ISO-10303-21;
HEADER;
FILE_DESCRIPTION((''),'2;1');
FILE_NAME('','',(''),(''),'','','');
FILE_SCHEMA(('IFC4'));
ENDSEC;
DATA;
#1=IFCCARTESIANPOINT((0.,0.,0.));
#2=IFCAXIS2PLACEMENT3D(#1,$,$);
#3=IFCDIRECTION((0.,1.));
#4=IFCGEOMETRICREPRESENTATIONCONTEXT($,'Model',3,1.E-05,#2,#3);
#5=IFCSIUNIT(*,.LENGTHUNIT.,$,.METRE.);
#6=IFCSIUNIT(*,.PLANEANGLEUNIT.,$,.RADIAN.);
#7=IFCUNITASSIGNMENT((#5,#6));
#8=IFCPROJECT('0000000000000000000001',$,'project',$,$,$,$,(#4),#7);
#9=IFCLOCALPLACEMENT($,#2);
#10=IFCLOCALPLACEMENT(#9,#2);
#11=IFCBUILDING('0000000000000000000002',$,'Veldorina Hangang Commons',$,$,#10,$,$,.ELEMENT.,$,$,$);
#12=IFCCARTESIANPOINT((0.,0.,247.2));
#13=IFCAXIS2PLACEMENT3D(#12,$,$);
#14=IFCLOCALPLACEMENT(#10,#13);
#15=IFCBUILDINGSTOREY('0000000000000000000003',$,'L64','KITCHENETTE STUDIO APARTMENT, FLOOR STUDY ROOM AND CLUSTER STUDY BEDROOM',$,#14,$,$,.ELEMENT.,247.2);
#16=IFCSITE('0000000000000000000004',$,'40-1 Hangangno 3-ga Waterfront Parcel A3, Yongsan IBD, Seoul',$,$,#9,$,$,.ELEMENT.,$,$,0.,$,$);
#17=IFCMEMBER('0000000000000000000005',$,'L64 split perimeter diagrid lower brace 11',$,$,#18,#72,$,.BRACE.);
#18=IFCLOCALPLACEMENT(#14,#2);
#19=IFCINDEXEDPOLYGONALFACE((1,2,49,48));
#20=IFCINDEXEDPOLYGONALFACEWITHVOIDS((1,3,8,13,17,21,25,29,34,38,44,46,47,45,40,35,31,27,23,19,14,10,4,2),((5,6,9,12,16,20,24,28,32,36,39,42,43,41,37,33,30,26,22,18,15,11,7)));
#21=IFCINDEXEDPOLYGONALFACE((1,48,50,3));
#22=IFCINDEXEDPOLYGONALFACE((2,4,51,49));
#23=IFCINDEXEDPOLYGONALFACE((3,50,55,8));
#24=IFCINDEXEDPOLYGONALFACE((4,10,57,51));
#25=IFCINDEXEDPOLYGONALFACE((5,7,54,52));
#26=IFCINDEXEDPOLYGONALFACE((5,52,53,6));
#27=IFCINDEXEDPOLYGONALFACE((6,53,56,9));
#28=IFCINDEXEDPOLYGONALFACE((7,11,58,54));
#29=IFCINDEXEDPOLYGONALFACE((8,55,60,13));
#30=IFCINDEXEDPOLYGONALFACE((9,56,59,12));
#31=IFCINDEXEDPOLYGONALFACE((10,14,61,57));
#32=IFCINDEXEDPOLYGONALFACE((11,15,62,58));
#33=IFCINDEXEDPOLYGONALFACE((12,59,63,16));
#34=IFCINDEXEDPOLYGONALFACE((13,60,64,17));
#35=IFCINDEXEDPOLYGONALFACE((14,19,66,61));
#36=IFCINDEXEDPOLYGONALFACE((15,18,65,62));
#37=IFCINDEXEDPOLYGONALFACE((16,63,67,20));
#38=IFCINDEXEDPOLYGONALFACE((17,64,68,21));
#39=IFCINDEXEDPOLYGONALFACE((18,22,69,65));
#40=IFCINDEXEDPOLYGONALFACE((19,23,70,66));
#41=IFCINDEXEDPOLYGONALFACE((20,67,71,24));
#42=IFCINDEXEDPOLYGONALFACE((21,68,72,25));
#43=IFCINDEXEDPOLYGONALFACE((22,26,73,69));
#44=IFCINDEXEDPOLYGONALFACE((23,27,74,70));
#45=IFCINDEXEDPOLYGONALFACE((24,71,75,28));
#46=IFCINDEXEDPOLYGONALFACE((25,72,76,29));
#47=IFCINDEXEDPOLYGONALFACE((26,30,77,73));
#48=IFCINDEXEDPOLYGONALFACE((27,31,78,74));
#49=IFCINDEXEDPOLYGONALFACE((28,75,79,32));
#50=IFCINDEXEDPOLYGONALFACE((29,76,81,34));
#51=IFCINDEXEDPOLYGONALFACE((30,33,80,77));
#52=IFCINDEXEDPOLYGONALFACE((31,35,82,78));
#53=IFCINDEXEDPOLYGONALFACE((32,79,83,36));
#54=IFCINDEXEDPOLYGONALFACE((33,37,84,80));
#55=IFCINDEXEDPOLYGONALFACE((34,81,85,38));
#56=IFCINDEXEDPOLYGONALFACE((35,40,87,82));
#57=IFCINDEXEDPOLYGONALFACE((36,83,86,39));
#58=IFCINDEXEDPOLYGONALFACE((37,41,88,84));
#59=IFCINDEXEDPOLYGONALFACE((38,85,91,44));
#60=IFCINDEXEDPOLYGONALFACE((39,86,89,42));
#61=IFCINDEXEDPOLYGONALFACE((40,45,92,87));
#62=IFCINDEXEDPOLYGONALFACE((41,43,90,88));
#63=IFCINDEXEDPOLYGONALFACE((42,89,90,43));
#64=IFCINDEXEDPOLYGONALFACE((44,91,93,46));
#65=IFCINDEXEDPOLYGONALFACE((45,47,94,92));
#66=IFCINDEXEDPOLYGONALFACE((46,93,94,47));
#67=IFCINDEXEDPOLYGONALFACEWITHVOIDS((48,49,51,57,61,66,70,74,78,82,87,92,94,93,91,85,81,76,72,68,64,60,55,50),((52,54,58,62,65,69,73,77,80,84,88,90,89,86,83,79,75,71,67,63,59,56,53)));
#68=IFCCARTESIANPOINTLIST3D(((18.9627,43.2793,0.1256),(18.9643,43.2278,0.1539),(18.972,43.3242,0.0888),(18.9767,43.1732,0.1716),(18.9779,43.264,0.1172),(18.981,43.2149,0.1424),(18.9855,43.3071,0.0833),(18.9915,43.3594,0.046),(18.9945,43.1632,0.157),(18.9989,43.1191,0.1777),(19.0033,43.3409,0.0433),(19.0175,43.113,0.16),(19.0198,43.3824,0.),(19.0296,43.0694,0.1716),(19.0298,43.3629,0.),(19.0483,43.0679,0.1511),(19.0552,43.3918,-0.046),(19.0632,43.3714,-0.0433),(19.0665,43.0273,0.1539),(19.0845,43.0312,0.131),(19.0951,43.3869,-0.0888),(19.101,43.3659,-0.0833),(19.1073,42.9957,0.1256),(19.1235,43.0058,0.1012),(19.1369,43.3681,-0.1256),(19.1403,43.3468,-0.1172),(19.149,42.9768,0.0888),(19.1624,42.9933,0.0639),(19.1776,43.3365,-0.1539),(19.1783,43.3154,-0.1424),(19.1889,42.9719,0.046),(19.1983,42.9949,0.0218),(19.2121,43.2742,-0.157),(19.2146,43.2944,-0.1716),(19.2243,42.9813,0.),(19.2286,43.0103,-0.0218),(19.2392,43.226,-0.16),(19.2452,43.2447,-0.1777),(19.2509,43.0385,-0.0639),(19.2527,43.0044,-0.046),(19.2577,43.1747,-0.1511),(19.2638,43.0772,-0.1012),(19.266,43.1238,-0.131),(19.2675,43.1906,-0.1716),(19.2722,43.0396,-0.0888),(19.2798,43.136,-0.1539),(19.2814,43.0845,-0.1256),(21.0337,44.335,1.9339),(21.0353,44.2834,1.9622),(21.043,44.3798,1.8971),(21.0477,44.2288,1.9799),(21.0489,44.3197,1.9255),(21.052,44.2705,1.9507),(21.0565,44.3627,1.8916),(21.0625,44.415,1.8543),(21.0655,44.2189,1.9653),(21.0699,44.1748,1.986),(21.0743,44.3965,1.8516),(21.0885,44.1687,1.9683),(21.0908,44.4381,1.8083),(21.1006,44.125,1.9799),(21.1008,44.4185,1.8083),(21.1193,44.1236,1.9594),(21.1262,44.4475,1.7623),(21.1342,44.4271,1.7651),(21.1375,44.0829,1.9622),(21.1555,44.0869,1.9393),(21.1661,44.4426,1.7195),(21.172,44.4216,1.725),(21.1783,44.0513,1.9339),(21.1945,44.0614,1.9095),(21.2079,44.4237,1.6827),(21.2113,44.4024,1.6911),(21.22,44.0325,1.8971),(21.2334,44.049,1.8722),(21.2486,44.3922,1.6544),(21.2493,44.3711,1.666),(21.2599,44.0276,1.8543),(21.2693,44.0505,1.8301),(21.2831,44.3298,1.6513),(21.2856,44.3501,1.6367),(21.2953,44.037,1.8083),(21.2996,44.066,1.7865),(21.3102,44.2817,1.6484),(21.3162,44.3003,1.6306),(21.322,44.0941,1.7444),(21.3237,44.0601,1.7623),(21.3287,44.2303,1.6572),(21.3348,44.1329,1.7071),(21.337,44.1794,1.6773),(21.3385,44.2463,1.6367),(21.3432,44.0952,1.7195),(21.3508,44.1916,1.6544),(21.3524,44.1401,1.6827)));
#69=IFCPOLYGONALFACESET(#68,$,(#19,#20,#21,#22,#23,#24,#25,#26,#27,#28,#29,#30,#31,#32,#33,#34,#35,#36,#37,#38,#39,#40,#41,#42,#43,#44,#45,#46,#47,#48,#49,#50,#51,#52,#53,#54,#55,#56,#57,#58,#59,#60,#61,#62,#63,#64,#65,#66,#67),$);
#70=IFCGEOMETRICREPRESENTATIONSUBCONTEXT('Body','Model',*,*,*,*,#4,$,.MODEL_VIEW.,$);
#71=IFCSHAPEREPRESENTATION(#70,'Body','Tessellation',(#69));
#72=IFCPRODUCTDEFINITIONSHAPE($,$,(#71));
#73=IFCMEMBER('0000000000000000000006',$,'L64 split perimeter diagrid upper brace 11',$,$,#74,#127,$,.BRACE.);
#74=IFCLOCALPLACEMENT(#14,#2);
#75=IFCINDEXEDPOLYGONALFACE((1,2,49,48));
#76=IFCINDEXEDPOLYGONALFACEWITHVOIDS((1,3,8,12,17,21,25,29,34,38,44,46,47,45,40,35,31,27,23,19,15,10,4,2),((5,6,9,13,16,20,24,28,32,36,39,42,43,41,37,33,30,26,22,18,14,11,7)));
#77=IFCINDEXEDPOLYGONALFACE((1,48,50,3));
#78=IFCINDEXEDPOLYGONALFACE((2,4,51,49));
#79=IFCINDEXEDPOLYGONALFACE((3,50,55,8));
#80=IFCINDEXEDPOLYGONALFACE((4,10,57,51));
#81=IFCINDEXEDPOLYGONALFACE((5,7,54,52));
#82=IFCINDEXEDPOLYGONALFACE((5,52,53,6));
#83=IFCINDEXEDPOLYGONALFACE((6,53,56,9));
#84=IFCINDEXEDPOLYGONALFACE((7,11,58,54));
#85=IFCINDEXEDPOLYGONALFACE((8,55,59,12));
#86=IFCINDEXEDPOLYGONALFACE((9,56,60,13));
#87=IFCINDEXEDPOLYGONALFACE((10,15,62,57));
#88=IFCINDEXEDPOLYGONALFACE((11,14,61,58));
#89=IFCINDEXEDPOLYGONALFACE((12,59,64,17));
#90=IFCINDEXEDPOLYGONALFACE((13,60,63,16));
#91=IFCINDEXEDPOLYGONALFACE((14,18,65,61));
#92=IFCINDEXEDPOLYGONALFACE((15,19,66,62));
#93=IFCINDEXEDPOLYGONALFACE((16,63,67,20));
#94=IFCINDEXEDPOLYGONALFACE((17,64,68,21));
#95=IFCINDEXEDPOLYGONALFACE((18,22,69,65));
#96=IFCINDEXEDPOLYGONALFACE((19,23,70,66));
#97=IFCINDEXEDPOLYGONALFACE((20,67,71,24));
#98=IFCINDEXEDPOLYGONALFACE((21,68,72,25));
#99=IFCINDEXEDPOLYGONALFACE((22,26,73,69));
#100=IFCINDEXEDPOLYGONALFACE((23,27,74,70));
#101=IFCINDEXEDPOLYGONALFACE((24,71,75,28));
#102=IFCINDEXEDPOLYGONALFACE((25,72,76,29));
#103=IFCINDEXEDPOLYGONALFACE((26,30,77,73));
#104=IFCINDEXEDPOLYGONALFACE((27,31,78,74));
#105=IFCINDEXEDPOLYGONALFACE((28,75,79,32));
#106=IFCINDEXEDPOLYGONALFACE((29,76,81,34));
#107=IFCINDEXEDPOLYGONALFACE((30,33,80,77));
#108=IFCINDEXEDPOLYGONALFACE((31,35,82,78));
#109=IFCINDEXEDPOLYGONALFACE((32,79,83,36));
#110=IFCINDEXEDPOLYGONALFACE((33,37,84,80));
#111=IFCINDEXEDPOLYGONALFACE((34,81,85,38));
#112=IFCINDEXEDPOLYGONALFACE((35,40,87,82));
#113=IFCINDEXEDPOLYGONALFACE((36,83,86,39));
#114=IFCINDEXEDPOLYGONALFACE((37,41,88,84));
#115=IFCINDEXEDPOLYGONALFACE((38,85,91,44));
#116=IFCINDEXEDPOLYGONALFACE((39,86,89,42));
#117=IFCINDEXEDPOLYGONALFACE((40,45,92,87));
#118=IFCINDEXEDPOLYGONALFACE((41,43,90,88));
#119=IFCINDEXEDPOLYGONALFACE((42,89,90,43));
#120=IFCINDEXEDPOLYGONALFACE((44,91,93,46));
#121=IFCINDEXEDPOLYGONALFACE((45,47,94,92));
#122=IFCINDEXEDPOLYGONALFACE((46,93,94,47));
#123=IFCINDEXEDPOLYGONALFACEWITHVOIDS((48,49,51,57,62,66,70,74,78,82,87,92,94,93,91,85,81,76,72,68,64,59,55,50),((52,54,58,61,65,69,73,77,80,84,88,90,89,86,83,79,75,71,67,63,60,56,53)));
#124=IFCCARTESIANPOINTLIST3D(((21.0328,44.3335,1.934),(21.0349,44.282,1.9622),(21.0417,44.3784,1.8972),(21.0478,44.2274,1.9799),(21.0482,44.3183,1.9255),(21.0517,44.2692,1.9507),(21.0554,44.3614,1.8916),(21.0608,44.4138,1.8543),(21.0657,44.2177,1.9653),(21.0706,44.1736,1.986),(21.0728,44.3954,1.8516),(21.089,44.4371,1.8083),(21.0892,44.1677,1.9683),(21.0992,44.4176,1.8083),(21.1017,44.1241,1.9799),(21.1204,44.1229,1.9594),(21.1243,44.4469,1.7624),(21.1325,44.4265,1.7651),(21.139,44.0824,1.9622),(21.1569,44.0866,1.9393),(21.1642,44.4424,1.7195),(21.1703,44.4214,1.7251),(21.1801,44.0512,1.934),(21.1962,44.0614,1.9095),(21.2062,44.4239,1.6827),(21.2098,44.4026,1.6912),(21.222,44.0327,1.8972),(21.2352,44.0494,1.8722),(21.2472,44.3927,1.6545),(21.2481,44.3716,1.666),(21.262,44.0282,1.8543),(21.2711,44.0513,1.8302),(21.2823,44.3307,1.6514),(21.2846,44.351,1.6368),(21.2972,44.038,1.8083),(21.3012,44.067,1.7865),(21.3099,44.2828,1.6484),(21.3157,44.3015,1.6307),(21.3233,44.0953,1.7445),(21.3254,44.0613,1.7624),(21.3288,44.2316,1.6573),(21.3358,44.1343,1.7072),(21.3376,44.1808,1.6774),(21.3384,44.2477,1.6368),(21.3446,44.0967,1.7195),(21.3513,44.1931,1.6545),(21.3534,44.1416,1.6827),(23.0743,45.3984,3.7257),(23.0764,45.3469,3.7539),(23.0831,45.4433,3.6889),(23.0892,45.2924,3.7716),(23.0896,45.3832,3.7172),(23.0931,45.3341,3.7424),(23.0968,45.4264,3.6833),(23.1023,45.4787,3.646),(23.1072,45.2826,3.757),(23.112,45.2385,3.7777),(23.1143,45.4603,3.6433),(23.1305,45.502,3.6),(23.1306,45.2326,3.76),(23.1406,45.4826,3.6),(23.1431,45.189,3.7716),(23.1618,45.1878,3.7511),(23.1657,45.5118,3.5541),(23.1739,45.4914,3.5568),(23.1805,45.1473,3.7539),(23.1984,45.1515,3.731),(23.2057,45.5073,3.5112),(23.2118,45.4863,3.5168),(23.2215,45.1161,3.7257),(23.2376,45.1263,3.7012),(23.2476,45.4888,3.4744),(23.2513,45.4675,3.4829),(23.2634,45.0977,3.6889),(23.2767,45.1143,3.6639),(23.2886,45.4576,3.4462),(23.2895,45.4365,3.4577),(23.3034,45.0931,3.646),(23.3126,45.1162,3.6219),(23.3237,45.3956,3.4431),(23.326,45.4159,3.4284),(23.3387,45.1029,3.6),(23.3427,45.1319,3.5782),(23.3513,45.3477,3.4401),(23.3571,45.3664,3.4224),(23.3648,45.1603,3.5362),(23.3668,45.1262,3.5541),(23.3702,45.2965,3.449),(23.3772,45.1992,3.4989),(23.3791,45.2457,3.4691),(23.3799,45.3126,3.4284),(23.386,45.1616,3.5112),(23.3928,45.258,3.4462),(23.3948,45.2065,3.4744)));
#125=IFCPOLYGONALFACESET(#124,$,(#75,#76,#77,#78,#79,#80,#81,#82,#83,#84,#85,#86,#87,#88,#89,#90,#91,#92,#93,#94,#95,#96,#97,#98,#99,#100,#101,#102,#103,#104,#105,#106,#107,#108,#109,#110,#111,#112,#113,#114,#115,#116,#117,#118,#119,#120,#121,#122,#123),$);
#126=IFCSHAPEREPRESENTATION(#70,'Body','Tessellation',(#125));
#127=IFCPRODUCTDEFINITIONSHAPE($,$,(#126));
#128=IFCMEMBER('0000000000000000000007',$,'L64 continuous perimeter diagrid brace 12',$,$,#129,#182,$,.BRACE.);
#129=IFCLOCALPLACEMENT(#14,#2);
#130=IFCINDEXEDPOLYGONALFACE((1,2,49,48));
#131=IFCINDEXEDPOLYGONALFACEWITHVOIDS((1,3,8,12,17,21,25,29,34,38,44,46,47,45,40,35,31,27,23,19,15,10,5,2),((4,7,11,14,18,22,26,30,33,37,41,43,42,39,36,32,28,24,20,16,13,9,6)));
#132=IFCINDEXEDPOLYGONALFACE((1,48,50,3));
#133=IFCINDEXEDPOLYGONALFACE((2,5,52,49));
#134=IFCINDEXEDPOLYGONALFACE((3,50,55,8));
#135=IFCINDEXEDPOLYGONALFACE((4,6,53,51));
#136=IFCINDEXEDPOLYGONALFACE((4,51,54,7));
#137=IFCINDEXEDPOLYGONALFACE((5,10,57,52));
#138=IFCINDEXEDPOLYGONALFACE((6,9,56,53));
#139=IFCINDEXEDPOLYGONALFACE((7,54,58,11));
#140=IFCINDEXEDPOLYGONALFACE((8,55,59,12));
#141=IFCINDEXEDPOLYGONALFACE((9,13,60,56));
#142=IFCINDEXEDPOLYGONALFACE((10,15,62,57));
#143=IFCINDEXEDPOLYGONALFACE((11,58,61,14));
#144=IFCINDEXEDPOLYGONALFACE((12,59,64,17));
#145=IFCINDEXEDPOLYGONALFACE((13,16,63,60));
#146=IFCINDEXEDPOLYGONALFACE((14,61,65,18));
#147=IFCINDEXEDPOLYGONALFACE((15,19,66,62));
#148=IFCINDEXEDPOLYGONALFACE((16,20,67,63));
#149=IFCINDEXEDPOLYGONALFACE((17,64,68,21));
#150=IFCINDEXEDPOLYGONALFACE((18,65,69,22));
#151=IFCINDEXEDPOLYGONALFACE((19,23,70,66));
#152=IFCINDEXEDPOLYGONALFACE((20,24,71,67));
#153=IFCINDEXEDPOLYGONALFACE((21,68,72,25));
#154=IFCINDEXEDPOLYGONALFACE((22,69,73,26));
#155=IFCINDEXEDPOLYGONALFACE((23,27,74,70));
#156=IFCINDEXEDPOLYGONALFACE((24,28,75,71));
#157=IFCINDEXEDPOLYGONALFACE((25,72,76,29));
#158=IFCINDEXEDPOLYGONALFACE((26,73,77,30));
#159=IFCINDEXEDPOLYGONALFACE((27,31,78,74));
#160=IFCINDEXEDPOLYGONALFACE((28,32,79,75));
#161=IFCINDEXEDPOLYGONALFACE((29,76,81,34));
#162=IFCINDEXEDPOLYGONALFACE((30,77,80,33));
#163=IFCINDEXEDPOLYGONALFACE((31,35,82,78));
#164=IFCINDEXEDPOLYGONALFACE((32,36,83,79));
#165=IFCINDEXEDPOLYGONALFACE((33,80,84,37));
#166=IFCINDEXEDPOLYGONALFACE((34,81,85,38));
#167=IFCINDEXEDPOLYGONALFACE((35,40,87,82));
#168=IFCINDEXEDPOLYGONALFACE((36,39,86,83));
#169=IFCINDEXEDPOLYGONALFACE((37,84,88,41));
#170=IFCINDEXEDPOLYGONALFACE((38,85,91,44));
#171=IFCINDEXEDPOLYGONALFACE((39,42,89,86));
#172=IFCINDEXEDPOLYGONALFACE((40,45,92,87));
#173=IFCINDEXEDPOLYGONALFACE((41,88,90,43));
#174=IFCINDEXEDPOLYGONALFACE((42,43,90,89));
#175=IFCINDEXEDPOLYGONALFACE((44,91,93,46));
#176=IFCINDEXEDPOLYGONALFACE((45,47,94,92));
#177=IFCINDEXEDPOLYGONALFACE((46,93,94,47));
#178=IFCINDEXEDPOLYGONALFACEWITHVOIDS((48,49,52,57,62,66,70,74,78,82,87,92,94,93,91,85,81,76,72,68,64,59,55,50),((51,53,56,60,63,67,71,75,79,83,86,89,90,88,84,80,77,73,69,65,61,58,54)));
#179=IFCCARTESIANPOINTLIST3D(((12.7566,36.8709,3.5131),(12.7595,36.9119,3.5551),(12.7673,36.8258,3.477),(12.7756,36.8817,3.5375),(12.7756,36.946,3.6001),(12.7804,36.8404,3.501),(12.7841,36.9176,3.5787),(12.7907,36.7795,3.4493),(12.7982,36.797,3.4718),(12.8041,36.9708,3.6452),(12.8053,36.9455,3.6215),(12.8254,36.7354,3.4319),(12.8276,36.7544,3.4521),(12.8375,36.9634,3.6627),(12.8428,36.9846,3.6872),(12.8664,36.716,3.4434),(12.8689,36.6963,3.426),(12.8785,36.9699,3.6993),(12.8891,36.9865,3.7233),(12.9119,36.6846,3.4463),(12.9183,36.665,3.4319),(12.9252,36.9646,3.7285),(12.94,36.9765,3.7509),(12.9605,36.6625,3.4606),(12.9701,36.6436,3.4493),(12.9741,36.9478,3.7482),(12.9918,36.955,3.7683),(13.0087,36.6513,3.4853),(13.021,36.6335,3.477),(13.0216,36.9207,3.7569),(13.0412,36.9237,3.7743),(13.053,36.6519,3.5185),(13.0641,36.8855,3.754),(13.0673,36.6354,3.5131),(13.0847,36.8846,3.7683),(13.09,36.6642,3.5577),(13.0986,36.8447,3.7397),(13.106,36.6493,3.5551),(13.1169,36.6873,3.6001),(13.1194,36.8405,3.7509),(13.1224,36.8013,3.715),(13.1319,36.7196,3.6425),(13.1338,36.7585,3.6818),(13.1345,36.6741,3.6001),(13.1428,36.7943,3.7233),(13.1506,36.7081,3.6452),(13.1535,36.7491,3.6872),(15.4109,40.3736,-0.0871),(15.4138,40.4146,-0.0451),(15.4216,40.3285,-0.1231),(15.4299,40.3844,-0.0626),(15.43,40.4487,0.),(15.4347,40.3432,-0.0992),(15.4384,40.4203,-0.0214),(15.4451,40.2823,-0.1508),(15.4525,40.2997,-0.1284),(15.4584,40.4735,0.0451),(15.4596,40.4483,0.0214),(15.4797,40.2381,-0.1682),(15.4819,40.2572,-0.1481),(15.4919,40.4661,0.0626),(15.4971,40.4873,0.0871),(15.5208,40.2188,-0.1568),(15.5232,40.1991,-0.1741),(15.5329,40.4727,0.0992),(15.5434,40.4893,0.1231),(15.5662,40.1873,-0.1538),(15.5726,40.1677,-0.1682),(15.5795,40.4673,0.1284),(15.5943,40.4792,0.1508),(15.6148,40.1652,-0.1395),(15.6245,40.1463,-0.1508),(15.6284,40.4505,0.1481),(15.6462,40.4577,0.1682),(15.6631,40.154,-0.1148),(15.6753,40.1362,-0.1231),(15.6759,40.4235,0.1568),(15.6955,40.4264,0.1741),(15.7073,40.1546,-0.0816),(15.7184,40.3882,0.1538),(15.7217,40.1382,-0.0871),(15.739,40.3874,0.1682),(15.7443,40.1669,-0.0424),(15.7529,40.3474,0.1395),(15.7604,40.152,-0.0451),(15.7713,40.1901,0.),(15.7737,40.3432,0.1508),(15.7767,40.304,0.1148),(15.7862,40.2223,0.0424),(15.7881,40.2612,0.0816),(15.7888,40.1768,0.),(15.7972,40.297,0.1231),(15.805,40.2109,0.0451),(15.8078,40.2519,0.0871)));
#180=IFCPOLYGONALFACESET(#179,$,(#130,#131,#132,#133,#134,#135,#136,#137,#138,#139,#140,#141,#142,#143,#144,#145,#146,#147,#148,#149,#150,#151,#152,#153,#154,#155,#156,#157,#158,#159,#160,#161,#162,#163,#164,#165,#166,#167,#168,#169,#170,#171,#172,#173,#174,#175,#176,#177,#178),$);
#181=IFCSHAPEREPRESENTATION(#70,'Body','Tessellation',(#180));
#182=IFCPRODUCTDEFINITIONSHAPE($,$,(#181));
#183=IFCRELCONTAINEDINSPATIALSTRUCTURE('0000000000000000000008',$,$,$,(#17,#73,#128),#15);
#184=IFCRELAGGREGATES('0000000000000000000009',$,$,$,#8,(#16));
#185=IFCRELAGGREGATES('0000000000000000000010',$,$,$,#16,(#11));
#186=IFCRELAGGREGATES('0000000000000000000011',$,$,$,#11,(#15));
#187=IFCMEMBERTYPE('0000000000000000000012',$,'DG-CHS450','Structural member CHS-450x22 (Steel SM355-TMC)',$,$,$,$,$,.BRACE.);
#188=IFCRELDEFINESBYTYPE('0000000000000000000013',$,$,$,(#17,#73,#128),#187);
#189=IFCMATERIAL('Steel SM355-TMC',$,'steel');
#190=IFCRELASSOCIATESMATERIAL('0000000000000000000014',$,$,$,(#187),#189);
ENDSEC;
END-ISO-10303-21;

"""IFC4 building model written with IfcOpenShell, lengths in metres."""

from ifc_helpers import new_model, si_unit, direction, frame, origin, origin_2d, place, context, subcontext, project, spatial, hollow_circle, extrude, material, material_profile, profile_set, type_object, element, save


model = new_model("IFC4")

# Units and contexts
model_context = context("Model", 3, precision=1e-05, world=origin(), true_north=direction((0.0, 1.0)))
body_context = subcontext(model_context, "Body", "Model", "MODEL_VIEW")
ifc_project = project(units=[si_unit("LENGTHUNIT", "METRE"), si_unit("PLANEANGLEUNIT", "RADIAN")], contexts=[model_context])

# Site, building, storey
site_placement = place(None, origin())
site = spatial("IfcSite", under=ifc_project, at=site_placement, Name="40-1 Hangangno 3-ga Waterfront Parcel A3, Yongsan IBD, Seoul", CompositionType="ELEMENT", RefElevation=0.0)
building_placement = place(site_placement, origin())
building = spatial("IfcBuilding", under=site, at=building_placement, Name="Veldorina Hangang Commons", CompositionType="ELEMENT")
storey_placement = place(building_placement, frame((0.0, 0.0, 247.2)))
storey = spatial("IfcBuildingStorey", under=building, at=storey_placement, Name="L64", Description="KITCHENETTE STUDIO APARTMENT, FLOOR STUDY ROOM AND CLUSTER STUDY BEDROOM", CompositionType="ELEMENT", Elevation=247.2)

# Shared definitions
ifc_material_1 = material(Name="Steel SM355-TMC", Category="steel")

# Members
ifc_material_profile_1 = material_profile(ifc_material_1, hollow_circle(Radius=0.2251, WallThickness=0.022, at=origin_2d()), Name="CHS-450x22")
ifc_profile_set_1 = profile_set([ifc_material_profile_1], Name="Steel SM355-TMC")
member_type_1 = type_object("IfcMemberType", Name="DG-CHS450", Description="Structural member CHS-450x22 (Steel SM355-TMC)", PredefinedType="BRACE", material=ifc_profile_set_1)
member_1_placement = place(storey_placement, frame((19.1221, 43.1819, 0.0), z_axis=(0.70321, 0.358444, 0.614014), x_axis=(-0.454132, 0.890934, 0.0)))
element("IfcMember", 1, at=member_1_placement, inside=storey, type_object=member_type_1, Name="L64 split perimeter diagrid lower brace 11", PredefinedType="BRACE", context=body_context, shape_type="SweptSolid", body=[
    extrude(hollow_circle(Radius=0.2251, WallThickness=0.022, at=origin_2d()), origin(), (0.0, 0.0, 1.0), 2.9451),
])
member_2_placement = place(storey_placement, frame((21.1931, 44.2375, 1.8083), z_axis=(0.699728, 0.36501, 0.614124), x_axis=(-0.462501, 0.886619, 0.0)))
element("IfcMember", 2, at=member_2_placement, inside=storey, type_object=member_type_1, Name="L64 split perimeter diagrid upper brace 11", PredefinedType="BRACE", context=body_context, shape_type="SweptSolid", body=[
    extrude(hollow_circle(Radius=0.2251, WallThickness=0.022, at=origin_2d()), origin(), (0.0, 0.0, 1.0), 2.9175),
])
member_3_placement = place(storey_placement, frame((15.6094, 40.3127, 0.0), z_axis=(-0.467216, -0.616552, 0.633698), x_axis=(0.79701, -0.603966, 0.0)))
element("IfcMember", 3, at=member_3_placement, inside=storey, type_object=member_type_1, Name="L64 continuous perimeter diagrid brace 12", PredefinedType="BRACE", context=body_context, shape_type="SweptSolid", body=[
    extrude(hollow_circle(Radius=0.2251, WallThickness=0.022, at=origin_2d()), origin(), (0.0, 0.0, 1.0), 5.6812),
])

save(model, "model.ifc")
